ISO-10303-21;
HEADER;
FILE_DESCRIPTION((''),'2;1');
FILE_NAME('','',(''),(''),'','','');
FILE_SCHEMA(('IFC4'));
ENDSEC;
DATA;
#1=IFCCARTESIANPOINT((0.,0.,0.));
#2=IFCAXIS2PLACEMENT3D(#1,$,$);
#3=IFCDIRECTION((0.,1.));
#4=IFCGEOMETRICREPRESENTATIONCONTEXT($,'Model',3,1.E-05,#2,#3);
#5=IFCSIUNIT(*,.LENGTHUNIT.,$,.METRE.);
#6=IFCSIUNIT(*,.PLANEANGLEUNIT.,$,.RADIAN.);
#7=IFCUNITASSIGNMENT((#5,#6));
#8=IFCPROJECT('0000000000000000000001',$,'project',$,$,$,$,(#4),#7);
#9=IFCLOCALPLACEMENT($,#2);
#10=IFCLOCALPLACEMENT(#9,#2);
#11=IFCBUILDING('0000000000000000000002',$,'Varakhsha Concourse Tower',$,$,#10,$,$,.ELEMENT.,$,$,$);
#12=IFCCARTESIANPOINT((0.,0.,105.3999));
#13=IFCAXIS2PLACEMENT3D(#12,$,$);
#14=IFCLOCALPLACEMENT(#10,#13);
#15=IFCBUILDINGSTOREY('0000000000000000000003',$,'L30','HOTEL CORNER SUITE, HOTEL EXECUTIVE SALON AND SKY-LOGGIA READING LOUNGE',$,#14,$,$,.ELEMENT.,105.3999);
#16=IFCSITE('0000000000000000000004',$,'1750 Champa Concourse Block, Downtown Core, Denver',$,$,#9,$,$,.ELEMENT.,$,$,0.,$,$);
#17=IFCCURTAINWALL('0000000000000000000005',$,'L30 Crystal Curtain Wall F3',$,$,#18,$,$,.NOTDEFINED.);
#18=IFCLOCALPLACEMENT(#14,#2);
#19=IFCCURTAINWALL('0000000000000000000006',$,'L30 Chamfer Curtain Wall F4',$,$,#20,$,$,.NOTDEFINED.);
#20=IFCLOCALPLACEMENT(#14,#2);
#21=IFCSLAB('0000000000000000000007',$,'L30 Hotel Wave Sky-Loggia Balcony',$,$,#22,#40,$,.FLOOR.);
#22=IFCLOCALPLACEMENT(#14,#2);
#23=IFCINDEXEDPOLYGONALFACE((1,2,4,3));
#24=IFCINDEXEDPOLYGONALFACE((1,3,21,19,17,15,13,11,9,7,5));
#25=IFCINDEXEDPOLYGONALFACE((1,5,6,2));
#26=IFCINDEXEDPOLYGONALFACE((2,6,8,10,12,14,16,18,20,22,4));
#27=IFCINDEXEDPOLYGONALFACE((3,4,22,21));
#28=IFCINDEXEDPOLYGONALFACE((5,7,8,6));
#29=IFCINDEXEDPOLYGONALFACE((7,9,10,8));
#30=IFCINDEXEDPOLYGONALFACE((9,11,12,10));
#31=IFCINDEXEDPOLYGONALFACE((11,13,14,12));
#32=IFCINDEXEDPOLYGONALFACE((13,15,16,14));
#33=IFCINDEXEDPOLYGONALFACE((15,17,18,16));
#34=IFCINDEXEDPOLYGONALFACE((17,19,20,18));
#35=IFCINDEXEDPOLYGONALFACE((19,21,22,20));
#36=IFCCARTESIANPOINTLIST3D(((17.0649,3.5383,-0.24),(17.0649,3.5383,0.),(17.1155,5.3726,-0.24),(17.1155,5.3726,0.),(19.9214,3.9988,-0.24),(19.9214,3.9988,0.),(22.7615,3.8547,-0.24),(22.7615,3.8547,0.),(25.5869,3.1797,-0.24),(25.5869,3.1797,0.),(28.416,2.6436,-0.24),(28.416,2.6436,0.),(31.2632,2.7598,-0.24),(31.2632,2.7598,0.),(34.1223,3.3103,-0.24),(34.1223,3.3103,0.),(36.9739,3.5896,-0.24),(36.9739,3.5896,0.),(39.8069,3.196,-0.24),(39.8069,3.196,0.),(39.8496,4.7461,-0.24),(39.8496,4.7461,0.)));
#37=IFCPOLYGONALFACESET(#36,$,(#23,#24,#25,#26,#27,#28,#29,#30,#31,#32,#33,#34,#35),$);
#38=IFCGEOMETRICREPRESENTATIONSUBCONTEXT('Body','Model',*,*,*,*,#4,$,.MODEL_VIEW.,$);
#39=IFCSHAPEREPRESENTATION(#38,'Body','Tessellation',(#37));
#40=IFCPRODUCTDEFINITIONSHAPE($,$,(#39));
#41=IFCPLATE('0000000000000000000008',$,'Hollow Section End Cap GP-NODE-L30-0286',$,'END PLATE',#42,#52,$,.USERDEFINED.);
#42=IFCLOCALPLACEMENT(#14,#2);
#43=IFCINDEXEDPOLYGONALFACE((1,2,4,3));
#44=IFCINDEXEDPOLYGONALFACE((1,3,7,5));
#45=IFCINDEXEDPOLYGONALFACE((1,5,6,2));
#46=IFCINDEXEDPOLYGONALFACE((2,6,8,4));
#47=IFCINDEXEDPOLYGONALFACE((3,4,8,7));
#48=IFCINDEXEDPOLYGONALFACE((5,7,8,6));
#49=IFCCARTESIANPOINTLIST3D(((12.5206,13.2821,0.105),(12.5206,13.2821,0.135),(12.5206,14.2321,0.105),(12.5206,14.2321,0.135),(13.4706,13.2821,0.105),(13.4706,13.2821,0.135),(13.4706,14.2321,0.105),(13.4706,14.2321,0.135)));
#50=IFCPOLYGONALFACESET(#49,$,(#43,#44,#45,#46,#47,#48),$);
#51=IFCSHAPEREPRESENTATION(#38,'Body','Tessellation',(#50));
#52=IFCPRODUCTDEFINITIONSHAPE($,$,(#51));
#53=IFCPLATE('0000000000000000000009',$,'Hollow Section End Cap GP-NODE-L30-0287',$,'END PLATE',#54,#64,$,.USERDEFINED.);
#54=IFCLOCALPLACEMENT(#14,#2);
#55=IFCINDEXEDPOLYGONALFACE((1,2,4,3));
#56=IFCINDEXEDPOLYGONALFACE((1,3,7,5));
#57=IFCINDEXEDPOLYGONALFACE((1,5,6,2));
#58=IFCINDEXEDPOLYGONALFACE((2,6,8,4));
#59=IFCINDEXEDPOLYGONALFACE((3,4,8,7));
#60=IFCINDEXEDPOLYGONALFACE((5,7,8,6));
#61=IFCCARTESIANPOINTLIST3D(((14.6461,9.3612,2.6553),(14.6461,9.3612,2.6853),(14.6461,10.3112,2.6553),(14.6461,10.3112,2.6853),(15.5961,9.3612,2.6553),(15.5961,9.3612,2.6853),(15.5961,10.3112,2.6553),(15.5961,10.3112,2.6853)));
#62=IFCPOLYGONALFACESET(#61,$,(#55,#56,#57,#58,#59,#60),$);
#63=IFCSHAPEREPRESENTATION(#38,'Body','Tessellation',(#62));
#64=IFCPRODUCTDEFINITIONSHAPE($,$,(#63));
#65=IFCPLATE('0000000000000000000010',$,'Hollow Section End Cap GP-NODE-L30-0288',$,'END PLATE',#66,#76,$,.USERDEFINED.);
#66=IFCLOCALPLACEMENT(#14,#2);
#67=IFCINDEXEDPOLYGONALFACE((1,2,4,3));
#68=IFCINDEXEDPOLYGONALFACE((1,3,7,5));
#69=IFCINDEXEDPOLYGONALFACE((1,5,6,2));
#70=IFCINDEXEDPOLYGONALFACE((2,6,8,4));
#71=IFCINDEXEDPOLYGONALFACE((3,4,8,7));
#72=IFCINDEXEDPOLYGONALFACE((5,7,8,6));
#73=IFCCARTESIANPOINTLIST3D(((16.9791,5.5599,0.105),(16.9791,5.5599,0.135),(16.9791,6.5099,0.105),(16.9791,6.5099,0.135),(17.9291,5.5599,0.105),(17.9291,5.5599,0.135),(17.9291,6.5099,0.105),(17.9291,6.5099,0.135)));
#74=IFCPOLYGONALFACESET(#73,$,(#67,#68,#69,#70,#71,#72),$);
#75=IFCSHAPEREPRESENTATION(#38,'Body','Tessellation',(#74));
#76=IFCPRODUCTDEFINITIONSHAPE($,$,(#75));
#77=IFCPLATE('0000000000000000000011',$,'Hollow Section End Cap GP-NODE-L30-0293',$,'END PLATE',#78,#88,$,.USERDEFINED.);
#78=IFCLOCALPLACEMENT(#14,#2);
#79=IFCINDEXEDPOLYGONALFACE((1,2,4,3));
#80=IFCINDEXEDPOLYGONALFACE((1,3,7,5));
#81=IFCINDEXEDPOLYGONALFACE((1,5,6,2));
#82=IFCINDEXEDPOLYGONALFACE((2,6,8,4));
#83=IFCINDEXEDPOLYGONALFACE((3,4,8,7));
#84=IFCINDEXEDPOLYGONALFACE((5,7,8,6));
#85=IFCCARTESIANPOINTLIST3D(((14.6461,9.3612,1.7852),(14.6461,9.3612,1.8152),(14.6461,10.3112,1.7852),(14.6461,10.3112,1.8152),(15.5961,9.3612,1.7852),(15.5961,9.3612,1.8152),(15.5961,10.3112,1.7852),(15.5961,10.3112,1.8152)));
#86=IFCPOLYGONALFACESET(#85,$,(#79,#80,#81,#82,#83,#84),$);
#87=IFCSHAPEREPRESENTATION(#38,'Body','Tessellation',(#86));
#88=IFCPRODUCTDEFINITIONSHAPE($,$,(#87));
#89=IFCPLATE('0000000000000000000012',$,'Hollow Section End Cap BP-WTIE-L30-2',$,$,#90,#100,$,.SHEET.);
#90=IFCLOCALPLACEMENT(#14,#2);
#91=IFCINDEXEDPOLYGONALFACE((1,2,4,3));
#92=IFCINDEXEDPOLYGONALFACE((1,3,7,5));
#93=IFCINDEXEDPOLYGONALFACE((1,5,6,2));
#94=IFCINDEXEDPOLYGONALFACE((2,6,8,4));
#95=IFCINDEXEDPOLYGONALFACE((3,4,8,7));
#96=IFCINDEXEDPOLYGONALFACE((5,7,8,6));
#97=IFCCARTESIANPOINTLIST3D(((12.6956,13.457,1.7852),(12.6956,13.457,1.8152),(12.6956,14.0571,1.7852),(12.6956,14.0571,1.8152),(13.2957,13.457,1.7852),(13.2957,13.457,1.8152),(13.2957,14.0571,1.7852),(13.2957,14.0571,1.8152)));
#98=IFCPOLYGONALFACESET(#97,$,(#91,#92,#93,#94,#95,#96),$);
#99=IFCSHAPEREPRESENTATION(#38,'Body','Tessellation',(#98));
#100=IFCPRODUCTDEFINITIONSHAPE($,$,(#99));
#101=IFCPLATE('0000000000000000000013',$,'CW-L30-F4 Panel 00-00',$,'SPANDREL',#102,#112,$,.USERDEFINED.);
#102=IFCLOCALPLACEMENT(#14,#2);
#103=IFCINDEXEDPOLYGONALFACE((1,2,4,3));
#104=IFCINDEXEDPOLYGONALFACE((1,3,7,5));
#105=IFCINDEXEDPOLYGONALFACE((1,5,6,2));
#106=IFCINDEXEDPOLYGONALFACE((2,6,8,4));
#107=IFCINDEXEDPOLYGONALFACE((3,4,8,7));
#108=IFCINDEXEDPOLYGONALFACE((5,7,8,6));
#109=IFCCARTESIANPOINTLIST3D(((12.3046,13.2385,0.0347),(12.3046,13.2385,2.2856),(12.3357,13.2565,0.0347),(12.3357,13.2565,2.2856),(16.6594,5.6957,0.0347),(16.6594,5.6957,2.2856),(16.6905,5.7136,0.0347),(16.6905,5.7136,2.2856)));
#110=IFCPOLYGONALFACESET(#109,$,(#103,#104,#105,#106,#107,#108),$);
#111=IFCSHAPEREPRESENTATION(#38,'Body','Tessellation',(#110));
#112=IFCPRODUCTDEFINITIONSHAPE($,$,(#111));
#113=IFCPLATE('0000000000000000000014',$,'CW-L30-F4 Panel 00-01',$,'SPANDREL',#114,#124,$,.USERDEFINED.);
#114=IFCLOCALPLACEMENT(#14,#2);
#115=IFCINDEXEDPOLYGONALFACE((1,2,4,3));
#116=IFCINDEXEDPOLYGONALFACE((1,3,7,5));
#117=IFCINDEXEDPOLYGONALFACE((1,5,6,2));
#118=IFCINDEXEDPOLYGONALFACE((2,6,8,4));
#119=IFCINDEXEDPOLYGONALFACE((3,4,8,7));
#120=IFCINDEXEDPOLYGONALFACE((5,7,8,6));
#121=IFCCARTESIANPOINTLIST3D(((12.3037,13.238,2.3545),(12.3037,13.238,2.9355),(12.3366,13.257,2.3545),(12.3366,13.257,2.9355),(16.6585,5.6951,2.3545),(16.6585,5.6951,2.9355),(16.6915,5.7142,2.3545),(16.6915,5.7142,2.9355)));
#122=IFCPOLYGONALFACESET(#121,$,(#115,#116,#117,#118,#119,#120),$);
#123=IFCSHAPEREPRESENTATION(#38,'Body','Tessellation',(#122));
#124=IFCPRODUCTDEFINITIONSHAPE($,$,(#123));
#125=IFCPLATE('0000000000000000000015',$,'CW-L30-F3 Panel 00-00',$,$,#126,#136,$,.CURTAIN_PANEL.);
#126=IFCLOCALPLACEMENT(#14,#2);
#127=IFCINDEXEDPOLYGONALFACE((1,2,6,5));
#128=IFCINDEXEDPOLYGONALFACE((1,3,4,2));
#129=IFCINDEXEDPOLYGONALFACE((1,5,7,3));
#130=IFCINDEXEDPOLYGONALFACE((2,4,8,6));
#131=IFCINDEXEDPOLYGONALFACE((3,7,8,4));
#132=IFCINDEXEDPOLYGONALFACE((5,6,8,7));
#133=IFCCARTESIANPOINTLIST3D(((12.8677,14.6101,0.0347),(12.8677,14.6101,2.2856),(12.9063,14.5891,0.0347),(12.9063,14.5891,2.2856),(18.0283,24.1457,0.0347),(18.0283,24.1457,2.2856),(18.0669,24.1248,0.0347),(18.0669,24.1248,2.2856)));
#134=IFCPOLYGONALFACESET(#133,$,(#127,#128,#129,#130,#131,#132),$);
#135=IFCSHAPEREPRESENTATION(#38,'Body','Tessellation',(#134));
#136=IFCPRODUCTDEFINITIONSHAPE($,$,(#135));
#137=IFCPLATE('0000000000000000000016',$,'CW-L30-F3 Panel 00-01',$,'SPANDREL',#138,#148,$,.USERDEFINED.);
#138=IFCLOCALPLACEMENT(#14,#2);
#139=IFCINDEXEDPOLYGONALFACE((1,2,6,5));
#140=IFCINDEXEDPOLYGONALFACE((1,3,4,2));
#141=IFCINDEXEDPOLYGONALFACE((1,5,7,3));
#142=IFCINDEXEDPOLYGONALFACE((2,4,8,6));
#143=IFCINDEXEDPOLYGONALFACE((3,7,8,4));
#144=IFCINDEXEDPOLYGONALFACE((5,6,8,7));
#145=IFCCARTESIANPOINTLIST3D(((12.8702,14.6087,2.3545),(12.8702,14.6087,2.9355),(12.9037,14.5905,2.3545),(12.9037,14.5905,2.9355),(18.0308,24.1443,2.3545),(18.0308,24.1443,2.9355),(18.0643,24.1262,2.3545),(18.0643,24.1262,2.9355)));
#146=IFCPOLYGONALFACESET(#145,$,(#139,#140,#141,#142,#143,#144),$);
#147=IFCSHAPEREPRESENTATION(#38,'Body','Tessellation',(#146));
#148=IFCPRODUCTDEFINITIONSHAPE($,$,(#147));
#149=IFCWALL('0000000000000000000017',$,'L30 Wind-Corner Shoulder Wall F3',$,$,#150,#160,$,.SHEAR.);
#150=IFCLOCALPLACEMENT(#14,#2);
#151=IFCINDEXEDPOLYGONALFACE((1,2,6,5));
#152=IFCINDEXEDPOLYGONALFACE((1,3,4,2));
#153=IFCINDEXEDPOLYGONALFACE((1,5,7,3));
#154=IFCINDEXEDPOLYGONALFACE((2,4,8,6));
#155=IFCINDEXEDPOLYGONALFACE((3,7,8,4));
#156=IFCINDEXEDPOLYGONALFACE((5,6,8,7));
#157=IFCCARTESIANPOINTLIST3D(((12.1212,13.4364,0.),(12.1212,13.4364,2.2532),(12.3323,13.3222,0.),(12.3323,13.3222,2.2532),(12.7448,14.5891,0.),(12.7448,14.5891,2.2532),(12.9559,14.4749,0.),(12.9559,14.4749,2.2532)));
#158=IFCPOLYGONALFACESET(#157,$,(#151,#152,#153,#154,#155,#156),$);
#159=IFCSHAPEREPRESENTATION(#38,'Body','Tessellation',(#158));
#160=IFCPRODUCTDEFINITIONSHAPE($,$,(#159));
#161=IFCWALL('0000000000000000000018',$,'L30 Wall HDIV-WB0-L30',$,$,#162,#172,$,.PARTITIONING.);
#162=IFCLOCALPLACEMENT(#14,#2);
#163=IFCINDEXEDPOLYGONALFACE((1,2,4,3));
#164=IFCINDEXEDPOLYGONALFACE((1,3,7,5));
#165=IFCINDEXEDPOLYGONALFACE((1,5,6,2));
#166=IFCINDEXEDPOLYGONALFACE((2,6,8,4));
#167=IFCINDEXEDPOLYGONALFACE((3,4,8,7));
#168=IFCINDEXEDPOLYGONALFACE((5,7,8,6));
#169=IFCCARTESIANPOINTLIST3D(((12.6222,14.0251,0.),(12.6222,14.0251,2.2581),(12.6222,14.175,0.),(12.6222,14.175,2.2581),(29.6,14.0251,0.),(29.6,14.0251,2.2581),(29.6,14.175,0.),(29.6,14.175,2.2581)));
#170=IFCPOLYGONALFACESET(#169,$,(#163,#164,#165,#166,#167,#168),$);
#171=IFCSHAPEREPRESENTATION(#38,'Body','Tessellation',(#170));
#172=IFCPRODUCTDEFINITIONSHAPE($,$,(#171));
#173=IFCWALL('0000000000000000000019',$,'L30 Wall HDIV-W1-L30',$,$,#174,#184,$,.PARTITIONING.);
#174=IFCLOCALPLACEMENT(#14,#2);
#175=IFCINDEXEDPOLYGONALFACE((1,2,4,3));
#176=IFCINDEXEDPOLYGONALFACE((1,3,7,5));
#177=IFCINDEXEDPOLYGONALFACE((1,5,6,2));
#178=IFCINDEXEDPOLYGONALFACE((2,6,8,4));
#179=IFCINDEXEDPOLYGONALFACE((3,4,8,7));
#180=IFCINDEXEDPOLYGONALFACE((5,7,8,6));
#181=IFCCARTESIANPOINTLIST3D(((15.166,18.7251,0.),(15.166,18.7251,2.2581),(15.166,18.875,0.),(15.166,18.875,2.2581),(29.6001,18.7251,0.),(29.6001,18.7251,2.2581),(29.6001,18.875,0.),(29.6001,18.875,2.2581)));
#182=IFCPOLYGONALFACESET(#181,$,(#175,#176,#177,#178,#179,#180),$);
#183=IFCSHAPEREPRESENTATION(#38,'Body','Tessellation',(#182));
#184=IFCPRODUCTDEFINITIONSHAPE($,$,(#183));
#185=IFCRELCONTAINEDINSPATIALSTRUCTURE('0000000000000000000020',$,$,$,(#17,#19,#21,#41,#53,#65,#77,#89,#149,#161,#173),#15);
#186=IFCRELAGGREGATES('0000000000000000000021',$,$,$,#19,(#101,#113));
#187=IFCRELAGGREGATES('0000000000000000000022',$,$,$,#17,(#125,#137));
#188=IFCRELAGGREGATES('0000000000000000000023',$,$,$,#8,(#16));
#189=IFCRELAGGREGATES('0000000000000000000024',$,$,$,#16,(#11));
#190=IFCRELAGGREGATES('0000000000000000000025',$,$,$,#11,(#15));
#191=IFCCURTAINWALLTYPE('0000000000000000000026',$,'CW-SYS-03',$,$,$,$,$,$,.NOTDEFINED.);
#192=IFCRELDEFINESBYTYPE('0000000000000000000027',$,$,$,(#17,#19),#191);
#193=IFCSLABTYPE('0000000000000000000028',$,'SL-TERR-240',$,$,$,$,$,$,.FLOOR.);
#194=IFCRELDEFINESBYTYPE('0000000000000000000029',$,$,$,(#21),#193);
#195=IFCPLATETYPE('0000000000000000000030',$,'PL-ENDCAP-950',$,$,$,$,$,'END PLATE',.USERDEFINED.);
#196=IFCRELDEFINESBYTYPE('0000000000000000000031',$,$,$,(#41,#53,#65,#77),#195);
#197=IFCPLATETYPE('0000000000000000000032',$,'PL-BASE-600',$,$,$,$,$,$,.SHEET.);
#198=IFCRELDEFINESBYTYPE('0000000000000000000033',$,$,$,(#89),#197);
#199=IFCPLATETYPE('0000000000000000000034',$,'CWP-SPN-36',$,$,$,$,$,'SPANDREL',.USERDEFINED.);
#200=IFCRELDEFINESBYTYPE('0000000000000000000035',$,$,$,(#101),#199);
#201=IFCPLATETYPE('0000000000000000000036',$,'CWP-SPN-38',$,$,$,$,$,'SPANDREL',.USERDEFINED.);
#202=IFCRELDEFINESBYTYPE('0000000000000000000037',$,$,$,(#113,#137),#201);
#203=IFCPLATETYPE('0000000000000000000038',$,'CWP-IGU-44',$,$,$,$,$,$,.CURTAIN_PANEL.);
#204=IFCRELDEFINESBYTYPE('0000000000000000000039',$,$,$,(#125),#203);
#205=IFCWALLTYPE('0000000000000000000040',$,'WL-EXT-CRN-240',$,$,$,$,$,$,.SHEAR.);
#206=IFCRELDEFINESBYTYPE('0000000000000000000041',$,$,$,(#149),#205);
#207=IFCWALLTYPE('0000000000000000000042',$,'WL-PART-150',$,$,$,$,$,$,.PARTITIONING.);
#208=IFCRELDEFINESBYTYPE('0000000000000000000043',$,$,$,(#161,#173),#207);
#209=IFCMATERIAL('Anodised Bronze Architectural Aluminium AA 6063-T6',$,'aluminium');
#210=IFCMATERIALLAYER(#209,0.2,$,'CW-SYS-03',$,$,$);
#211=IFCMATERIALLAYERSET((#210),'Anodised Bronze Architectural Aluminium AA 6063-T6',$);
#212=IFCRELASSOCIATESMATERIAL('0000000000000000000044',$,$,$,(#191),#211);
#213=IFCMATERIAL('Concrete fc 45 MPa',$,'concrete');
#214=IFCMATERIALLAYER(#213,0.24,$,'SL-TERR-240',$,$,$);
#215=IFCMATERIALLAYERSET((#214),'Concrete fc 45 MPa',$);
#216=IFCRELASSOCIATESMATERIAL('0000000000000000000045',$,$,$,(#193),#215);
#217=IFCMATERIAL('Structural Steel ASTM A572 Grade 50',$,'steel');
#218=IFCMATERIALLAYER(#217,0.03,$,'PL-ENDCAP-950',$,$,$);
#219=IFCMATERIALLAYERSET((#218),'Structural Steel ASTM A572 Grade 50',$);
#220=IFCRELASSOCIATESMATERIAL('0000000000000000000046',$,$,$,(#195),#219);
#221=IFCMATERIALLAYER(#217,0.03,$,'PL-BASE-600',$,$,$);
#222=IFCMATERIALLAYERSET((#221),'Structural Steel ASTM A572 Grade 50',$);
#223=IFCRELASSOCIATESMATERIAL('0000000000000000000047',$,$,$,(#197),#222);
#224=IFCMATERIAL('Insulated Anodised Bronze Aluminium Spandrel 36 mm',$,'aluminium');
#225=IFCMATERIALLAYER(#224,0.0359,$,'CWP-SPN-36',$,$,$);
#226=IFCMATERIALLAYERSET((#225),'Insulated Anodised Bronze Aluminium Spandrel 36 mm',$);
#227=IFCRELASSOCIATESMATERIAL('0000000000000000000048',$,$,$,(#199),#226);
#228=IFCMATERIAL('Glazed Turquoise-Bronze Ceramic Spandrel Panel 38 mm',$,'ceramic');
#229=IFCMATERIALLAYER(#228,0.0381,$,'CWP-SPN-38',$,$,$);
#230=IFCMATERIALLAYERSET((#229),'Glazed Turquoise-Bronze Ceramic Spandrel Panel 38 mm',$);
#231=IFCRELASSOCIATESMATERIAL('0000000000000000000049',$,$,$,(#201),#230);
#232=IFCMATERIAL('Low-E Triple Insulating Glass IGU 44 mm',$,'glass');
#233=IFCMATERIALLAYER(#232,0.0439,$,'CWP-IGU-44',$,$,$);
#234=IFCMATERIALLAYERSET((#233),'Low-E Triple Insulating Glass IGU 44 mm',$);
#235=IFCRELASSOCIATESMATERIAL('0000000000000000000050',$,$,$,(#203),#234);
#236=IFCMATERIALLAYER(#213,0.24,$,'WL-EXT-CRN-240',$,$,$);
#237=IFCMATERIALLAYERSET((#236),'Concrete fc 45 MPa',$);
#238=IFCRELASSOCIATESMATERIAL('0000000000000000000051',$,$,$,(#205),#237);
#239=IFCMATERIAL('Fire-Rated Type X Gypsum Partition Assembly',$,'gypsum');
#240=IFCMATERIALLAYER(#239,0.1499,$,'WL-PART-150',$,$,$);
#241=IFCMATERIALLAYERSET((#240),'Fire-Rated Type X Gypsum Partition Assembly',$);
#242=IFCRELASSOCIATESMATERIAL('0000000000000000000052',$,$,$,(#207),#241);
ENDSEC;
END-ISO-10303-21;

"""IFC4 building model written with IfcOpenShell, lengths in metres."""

from ifc_helpers import new_model, si_unit, direction, frame, frame_2d, origin, origin_2d, place, context, subcontext, project, spatial, polyline, rectangle, outline, extrude, source, transform, mapped, material, layer, layer_set, type_object, type_shapes, element, aggregate, save


model = new_model("IFC4")

# Units and contexts
model_context = context("Model", 3, precision=1e-05, world=origin(), true_north=direction((0.0, 1.0)))
body_context = subcontext(model_context, "Body", "Model", "MODEL_VIEW")
ifc_project = project(units=[si_unit("LENGTHUNIT", "METRE"), si_unit("PLANEANGLEUNIT", "RADIAN")], contexts=[model_context])

# Site, building, storey
site_placement = place(None, origin())
site = spatial("IfcSite", under=ifc_project, at=site_placement, Name="1750 Champa Concourse Block, Downtown Core, Denver", CompositionType="ELEMENT", RefElevation=0.0)
building_placement = place(site_placement, origin())
building = spatial("IfcBuilding", under=site, at=building_placement, Name="Varakhsha Concourse Tower", CompositionType="ELEMENT")
storey_placement = place(building_placement, frame((0.0, 0.0, 105.3999)))
storey = spatial("IfcBuildingStorey", under=building, at=storey_placement, Name="L30", Description="HOTEL CORNER SUITE, HOTEL EXECUTIVE SALON AND SKY-LOGGIA READING LOUNGE", CompositionType="ELEMENT", Elevation=105.3999)

# Shared definitions
ifc_material_1 = material(Name="Structural Steel ASTM A572 Grade 50", Category="steel")

# Curtain wall
ifc_material_2 = material(Name="Anodised Bronze Architectural Aluminium AA 6063-T6", Category="aluminium")
ifc_layer_1 = layer(ifc_material_2, 0.2, Name="CW-SYS-03")
ifc_layer_set_1 = layer_set([ifc_layer_1], Name="Anodised Bronze Architectural Aluminium AA 6063-T6")
curtain_wall_type = type_object("IfcCurtainWallType", Name="CW-SYS-03", PredefinedType="NOTDEFINED", material=ifc_layer_set_1)
curtain_wall_1_placement = place(storey_placement, origin())
curtain_wall_1 = element("IfcCurtainWall", 1, at=curtain_wall_1_placement, inside=storey, type_object=curtain_wall_type, Name="L30 Crystal Curtain Wall F3", PredefinedType="NOTDEFINED")

# Curtain wall
curtain_wall_2_placement = place(storey_placement, origin())
curtain_wall_2 = element("IfcCurtainWall", 2, at=curtain_wall_2_placement, inside=storey, type_object=curtain_wall_type, Name="L30 Chamfer Curtain Wall F4", PredefinedType="NOTDEFINED")

# Shared definitions
ifc_material_3 = material(Name="Concrete fc 45 MPa", Category="concrete")

# Slab
ifc_layer_2 = layer(ifc_material_3, 0.24, Name="SL-TERR-240")
ifc_layer_set_2 = layer_set([ifc_layer_2], Name="Concrete fc 45 MPa")
slab_type_1 = type_object("IfcSlabType", Name="SL-TERR-240", PredefinedType="FLOOR", material=ifc_layer_set_2)
slab_1_placement = place(storey_placement, frame((0.0, 0.0, -0.24)))
element("IfcSlab", 3, at=slab_1_placement, inside=storey, type_object=slab_type_1, Name="L30 Hotel Wave Sky-Loggia Balcony", PredefinedType="FLOOR", context=body_context, shape_type="SweptSolid", body=[
    extrude(outline(polyline([(17.1155, 5.3726), (39.8496, 4.7461), (39.8069, 3.196), (36.9739, 3.5896), (34.1223, 3.3103), (31.2632, 2.7598), (28.416, 2.6436), (25.5869, 3.1797), (22.7615, 3.8547), (19.9214, 3.9988), (17.0649, 3.5383), (17.1155, 5.3726)])), origin(), (0.0, 0.0, 1.0), 0.24),
])

# Plates
ifc_layer_3 = layer(ifc_material_1, 0.03, Name="PL-ENDCAP-950")
ifc_layer_set_3 = layer_set([ifc_layer_3], Name="Structural Steel ASTM A572 Grade 50")
plate_type_1 = type_object("IfcPlateType", Name="PL-ENDCAP-950", ElementType="END PLATE", PredefinedType="USERDEFINED", material=ifc_layer_set_3)
shared_shape_1 = source(origin(), body_context, "Body", "SweptSolid", [
    extrude(rectangle(XDim=0.95, YDim=0.95, at=origin_2d()), origin(), (0.0, 0.0, 1.0), 0.03),
])
type_shapes(plate_type_1, [shared_shape_1])
for number, where, z_axis, x_axis, name in (
    (4, (12.9956, 13.7571, 0.105), (0.0, 0.0, 1.0), (1.0, 0.0, 0.0), "Hollow Section End Cap GP-NODE-L30-0286"),
    (5, (15.1211, 9.8362, 2.6553), (0.0, 0.0, 1.0), (1.0, 0.0, 0.0), "Hollow Section End Cap GP-NODE-L30-0287"),
    (6, (17.4541, 6.0349, 0.105), (0.0, 0.0, 1.0), (1.0, 0.0, 0.0), "Hollow Section End Cap GP-NODE-L30-0288"),
    (7, (15.1211, 9.8362, 1.7852), (0.0, 0.0, 1.0), (1.0, 0.0, 0.0), "Hollow Section End Cap GP-NODE-L30-0293"),
):
    element("IfcPlate", number, at=place(storey_placement, frame(where, z_axis=z_axis, x_axis=x_axis)), inside=storey, type_object=plate_type_1, Name=name, ObjectType="END PLATE", PredefinedType="USERDEFINED", context=body_context, shape_type="MappedRepresentation", body=[
        mapped(shared_shape_1, transform((0.0, 0.0, 0.0), scale=1.0)),
    ])
ifc_layer_4 = layer(ifc_material_1, 0.03, Name="PL-BASE-600")
ifc_layer_set_4 = layer_set([ifc_layer_4], Name="Structural Steel ASTM A572 Grade 50")
plate_type_2 = type_object("IfcPlateType", Name="PL-BASE-600", PredefinedType="SHEET", material=ifc_layer_set_4)
shared_shape_2 = source(origin(), body_context, "Body", "SweptSolid", [
    extrude(rectangle(XDim=0.6001, YDim=0.6001, at=origin_2d()), origin(), (0.0, 0.0, 1.0), 0.03),
])
type_shapes(plate_type_2, [shared_shape_2])
plate_1_placement = place(storey_placement, frame((12.9956, 13.7571, 1.7852), z_axis=(0.0, 0.0, 1.0), x_axis=(1.0, 0.0, 0.0)))
element("IfcPlate", 8, at=plate_1_placement, inside=storey, type_object=plate_type_2, Name="Hollow Section End Cap BP-WTIE-L30-2", PredefinedType="SHEET", context=body_context, shape_type="MappedRepresentation", body=[
    mapped(shared_shape_2, transform((0.0, 0.0, 0.0), scale=1.0)),
])

# Plates
ifc_material_4 = material(Name="Insulated Anodised Bronze Aluminium Spandrel 36 mm", Category="aluminium")
ifc_layer_5 = layer(ifc_material_4, 0.0359, Name="CWP-SPN-36")
ifc_layer_set_5 = layer_set([ifc_layer_5], Name="Insulated Anodised Bronze Aluminium Spandrel 36 mm")
plate_type_3 = type_object("IfcPlateType", Name="CWP-SPN-36", ElementType="SPANDREL", PredefinedType="USERDEFINED", material=ifc_layer_set_5)
shared_shape_3 = source(origin(), body_context, "Body", "SweptSolid", [
    extrude(rectangle(XDim=8.7097, YDim=0.0359, at=origin_2d()), origin(), (0.0, 0.0, 1.0), 2.251),
])
type_shapes(plate_type_3, [shared_shape_3])
plate_2_placement = place(storey_placement, frame((14.4976, 9.4761, 0.0347), z_axis=(0.0, 0.0, 1.0), x_axis=(-0.499997, 0.866027, 0.0)))
plate_2 = element("IfcPlate", 9, at=plate_2_placement, type_object=plate_type_3, Name="CW-L30-F4 Panel 00-00", ObjectType="SPANDREL", PredefinedType="USERDEFINED", context=body_context, shape_type="MappedRepresentation", body=[
    mapped(shared_shape_3, transform((0.0, 0.0, 0.0), scale=1.0)),
])
ifc_material_5 = material(Name="Glazed Turquoise-Bronze Ceramic Spandrel Panel 38 mm", Category="ceramic")
ifc_layer_6 = layer(ifc_material_5, 0.0381, Name="CWP-SPN-38")
ifc_layer_set_6 = layer_set([ifc_layer_6], Name="Glazed Turquoise-Bronze Ceramic Spandrel Panel 38 mm")
plate_type_4 = type_object("IfcPlateType", Name="CWP-SPN-38", ElementType="SPANDREL", PredefinedType="USERDEFINED", material=ifc_layer_set_6)
shared_shape_4 = source(origin(), body_context, "Body", "SweptSolid", [
    extrude(rectangle(XDim=8.7097, YDim=0.0381, at=origin_2d()), origin(), (0.0, 0.0, 1.0), 0.5811),
])
plate_3_placement = place(storey_placement, frame((14.4976, 9.4761, 2.3545), z_axis=(0.0, 0.0, 1.0), x_axis=(-0.499997, 0.866027, 0.0)))
plate_3 = element("IfcPlate", 10, at=plate_3_placement, type_object=plate_type_4, Name="CW-L30-F4 Panel 00-01", ObjectType="SPANDREL", PredefinedType="USERDEFINED", context=body_context, shape_type="MappedRepresentation", body=[
    mapped(shared_shape_4, transform((0.0, 0.0, 0.0), scale=1.0)),
])
aggregate(curtain_wall_2, [plate_2, plate_3])
ifc_material_6 = material(Name="Low-E Triple Insulating Glass IGU 44 mm", Category="glass")
ifc_layer_7 = layer(ifc_material_6, 0.0439, Name="CWP-IGU-44")
ifc_layer_set_7 = layer_set([ifc_layer_7], Name="Low-E Triple Insulating Glass IGU 44 mm")
plate_type_5 = type_object("IfcPlateType", Name="CWP-IGU-44", PredefinedType="CURTAIN_PANEL", material=ifc_layer_set_7)
shared_shape_5 = source(origin(), body_context, "Body", "SweptSolid", [
    extrude(rectangle(XDim=10.8425, YDim=0.0439, at=origin_2d()), origin(), (0.0, 0.0, 1.0), 2.251),
])
type_shapes(plate_type_5, [shared_shape_5])
plate_4_placement = place(storey_placement, frame((15.4673, 19.3674, 0.0347), z_axis=(0.0, 0.0, 1.0), x_axis=(0.475959, 0.879468, 0.0)))
plate_4 = element("IfcPlate", 11, at=plate_4_placement, type_object=plate_type_5, Name="CW-L30-F3 Panel 00-00", PredefinedType="CURTAIN_PANEL", context=body_context, shape_type="MappedRepresentation", body=[
    mapped(shared_shape_5, transform((0.0, 0.0, 0.0), scale=1.0)),
])
shared_shape_6 = source(origin(), body_context, "Body", "SweptSolid", [
    extrude(rectangle(XDim=10.8425, YDim=0.0381, at=origin_2d()), origin(), (0.0, 0.0, 1.0), 0.5811),
])
type_shapes(plate_type_4, [shared_shape_4, shared_shape_6])
plate_5_placement = place(storey_placement, frame((15.4673, 19.3674, 2.3545), z_axis=(0.0, 0.0, 1.0), x_axis=(0.475959, 0.879468, 0.0)))
plate_5 = element("IfcPlate", 12, at=plate_5_placement, type_object=plate_type_4, Name="CW-L30-F3 Panel 00-01", ObjectType="SPANDREL", PredefinedType="USERDEFINED", context=body_context, shape_type="MappedRepresentation", body=[
    mapped(shared_shape_6, transform((0.0, 0.0, 0.0), scale=1.0)),
])
aggregate(curtain_wall_1, [plate_4, plate_5])

# Walls
ifc_layer_8 = layer(ifc_material_3, 0.24, Name="WL-EXT-CRN-240")
ifc_layer_set_8 = layer_set([ifc_layer_8], Name="Concrete fc 45 MPa")
wall_type_1 = type_object("IfcWallType", Name="WL-EXT-CRN-240", PredefinedType="SHEAR", material=ifc_layer_set_8)
wall_1_placement = place(storey_placement, frame((12.8503, 14.532, 0.0), z_axis=(0.0, 0.0, 1.0), x_axis=(-0.475821, -0.879542, 0.0)))
element("IfcWall", 13, at=wall_1_placement, inside=storey, type_object=wall_type_1, Name="L30 Wind-Corner Shoulder Wall F3", PredefinedType="SHEAR", context=body_context, shape_type="SweptSolid", body=[
    extrude(rectangle(XDim=1.3105, YDim=0.24, at=frame_2d((0.6553, 0.0))), origin(), (0.0, 0.0, 1.0), 2.2532),
])
ifc_material_7 = material(Name="Fire-Rated Type X Gypsum Partition Assembly", Category="gypsum")
ifc_layer_9 = layer(ifc_material_7, 0.1499, Name="WL-PART-150")
ifc_layer_set_9 = layer_set([ifc_layer_9], Name="Fire-Rated Type X Gypsum Partition Assembly")
wall_type_2 = type_object("IfcWallType", Name="WL-PART-150", PredefinedType="PARTITIONING", material=ifc_layer_set_9)
wall_2_placement = place(storey_placement, frame((12.6223, 14.1001, 0.0), z_axis=(0.0, 0.0, 1.0), x_axis=(1.0, 0.0, 0.0)))
element("IfcWall", 14, at=wall_2_placement, inside=storey, type_object=wall_type_2, Name="L30 Wall HDIV-WB0-L30", PredefinedType="PARTITIONING", context=body_context, shape_type="SweptSolid", body=[
    extrude(rectangle(XDim=16.9778, YDim=0.1499, at=frame_2d((8.4888, 0.0))), origin(), (0.0, 0.0, 1.0), 2.2581),
])
wall_3_placement = place(storey_placement, frame((15.166, 18.8, 0.0), z_axis=(0.0, 0.0, 1.0), x_axis=(1.0, 0.0, 0.0)))
element("IfcWall", 15, at=wall_3_placement, inside=storey, type_object=wall_type_2, Name="L30 Wall HDIV-W1-L30", PredefinedType="PARTITIONING", context=body_context, shape_type="SweptSolid", body=[
    extrude(rectangle(XDim=14.4341, YDim=0.1499, at=frame_2d((7.217, 0.0))), origin(), (0.0, 0.0, 1.0), 2.2581),
])

save(model, "model.ifc")
